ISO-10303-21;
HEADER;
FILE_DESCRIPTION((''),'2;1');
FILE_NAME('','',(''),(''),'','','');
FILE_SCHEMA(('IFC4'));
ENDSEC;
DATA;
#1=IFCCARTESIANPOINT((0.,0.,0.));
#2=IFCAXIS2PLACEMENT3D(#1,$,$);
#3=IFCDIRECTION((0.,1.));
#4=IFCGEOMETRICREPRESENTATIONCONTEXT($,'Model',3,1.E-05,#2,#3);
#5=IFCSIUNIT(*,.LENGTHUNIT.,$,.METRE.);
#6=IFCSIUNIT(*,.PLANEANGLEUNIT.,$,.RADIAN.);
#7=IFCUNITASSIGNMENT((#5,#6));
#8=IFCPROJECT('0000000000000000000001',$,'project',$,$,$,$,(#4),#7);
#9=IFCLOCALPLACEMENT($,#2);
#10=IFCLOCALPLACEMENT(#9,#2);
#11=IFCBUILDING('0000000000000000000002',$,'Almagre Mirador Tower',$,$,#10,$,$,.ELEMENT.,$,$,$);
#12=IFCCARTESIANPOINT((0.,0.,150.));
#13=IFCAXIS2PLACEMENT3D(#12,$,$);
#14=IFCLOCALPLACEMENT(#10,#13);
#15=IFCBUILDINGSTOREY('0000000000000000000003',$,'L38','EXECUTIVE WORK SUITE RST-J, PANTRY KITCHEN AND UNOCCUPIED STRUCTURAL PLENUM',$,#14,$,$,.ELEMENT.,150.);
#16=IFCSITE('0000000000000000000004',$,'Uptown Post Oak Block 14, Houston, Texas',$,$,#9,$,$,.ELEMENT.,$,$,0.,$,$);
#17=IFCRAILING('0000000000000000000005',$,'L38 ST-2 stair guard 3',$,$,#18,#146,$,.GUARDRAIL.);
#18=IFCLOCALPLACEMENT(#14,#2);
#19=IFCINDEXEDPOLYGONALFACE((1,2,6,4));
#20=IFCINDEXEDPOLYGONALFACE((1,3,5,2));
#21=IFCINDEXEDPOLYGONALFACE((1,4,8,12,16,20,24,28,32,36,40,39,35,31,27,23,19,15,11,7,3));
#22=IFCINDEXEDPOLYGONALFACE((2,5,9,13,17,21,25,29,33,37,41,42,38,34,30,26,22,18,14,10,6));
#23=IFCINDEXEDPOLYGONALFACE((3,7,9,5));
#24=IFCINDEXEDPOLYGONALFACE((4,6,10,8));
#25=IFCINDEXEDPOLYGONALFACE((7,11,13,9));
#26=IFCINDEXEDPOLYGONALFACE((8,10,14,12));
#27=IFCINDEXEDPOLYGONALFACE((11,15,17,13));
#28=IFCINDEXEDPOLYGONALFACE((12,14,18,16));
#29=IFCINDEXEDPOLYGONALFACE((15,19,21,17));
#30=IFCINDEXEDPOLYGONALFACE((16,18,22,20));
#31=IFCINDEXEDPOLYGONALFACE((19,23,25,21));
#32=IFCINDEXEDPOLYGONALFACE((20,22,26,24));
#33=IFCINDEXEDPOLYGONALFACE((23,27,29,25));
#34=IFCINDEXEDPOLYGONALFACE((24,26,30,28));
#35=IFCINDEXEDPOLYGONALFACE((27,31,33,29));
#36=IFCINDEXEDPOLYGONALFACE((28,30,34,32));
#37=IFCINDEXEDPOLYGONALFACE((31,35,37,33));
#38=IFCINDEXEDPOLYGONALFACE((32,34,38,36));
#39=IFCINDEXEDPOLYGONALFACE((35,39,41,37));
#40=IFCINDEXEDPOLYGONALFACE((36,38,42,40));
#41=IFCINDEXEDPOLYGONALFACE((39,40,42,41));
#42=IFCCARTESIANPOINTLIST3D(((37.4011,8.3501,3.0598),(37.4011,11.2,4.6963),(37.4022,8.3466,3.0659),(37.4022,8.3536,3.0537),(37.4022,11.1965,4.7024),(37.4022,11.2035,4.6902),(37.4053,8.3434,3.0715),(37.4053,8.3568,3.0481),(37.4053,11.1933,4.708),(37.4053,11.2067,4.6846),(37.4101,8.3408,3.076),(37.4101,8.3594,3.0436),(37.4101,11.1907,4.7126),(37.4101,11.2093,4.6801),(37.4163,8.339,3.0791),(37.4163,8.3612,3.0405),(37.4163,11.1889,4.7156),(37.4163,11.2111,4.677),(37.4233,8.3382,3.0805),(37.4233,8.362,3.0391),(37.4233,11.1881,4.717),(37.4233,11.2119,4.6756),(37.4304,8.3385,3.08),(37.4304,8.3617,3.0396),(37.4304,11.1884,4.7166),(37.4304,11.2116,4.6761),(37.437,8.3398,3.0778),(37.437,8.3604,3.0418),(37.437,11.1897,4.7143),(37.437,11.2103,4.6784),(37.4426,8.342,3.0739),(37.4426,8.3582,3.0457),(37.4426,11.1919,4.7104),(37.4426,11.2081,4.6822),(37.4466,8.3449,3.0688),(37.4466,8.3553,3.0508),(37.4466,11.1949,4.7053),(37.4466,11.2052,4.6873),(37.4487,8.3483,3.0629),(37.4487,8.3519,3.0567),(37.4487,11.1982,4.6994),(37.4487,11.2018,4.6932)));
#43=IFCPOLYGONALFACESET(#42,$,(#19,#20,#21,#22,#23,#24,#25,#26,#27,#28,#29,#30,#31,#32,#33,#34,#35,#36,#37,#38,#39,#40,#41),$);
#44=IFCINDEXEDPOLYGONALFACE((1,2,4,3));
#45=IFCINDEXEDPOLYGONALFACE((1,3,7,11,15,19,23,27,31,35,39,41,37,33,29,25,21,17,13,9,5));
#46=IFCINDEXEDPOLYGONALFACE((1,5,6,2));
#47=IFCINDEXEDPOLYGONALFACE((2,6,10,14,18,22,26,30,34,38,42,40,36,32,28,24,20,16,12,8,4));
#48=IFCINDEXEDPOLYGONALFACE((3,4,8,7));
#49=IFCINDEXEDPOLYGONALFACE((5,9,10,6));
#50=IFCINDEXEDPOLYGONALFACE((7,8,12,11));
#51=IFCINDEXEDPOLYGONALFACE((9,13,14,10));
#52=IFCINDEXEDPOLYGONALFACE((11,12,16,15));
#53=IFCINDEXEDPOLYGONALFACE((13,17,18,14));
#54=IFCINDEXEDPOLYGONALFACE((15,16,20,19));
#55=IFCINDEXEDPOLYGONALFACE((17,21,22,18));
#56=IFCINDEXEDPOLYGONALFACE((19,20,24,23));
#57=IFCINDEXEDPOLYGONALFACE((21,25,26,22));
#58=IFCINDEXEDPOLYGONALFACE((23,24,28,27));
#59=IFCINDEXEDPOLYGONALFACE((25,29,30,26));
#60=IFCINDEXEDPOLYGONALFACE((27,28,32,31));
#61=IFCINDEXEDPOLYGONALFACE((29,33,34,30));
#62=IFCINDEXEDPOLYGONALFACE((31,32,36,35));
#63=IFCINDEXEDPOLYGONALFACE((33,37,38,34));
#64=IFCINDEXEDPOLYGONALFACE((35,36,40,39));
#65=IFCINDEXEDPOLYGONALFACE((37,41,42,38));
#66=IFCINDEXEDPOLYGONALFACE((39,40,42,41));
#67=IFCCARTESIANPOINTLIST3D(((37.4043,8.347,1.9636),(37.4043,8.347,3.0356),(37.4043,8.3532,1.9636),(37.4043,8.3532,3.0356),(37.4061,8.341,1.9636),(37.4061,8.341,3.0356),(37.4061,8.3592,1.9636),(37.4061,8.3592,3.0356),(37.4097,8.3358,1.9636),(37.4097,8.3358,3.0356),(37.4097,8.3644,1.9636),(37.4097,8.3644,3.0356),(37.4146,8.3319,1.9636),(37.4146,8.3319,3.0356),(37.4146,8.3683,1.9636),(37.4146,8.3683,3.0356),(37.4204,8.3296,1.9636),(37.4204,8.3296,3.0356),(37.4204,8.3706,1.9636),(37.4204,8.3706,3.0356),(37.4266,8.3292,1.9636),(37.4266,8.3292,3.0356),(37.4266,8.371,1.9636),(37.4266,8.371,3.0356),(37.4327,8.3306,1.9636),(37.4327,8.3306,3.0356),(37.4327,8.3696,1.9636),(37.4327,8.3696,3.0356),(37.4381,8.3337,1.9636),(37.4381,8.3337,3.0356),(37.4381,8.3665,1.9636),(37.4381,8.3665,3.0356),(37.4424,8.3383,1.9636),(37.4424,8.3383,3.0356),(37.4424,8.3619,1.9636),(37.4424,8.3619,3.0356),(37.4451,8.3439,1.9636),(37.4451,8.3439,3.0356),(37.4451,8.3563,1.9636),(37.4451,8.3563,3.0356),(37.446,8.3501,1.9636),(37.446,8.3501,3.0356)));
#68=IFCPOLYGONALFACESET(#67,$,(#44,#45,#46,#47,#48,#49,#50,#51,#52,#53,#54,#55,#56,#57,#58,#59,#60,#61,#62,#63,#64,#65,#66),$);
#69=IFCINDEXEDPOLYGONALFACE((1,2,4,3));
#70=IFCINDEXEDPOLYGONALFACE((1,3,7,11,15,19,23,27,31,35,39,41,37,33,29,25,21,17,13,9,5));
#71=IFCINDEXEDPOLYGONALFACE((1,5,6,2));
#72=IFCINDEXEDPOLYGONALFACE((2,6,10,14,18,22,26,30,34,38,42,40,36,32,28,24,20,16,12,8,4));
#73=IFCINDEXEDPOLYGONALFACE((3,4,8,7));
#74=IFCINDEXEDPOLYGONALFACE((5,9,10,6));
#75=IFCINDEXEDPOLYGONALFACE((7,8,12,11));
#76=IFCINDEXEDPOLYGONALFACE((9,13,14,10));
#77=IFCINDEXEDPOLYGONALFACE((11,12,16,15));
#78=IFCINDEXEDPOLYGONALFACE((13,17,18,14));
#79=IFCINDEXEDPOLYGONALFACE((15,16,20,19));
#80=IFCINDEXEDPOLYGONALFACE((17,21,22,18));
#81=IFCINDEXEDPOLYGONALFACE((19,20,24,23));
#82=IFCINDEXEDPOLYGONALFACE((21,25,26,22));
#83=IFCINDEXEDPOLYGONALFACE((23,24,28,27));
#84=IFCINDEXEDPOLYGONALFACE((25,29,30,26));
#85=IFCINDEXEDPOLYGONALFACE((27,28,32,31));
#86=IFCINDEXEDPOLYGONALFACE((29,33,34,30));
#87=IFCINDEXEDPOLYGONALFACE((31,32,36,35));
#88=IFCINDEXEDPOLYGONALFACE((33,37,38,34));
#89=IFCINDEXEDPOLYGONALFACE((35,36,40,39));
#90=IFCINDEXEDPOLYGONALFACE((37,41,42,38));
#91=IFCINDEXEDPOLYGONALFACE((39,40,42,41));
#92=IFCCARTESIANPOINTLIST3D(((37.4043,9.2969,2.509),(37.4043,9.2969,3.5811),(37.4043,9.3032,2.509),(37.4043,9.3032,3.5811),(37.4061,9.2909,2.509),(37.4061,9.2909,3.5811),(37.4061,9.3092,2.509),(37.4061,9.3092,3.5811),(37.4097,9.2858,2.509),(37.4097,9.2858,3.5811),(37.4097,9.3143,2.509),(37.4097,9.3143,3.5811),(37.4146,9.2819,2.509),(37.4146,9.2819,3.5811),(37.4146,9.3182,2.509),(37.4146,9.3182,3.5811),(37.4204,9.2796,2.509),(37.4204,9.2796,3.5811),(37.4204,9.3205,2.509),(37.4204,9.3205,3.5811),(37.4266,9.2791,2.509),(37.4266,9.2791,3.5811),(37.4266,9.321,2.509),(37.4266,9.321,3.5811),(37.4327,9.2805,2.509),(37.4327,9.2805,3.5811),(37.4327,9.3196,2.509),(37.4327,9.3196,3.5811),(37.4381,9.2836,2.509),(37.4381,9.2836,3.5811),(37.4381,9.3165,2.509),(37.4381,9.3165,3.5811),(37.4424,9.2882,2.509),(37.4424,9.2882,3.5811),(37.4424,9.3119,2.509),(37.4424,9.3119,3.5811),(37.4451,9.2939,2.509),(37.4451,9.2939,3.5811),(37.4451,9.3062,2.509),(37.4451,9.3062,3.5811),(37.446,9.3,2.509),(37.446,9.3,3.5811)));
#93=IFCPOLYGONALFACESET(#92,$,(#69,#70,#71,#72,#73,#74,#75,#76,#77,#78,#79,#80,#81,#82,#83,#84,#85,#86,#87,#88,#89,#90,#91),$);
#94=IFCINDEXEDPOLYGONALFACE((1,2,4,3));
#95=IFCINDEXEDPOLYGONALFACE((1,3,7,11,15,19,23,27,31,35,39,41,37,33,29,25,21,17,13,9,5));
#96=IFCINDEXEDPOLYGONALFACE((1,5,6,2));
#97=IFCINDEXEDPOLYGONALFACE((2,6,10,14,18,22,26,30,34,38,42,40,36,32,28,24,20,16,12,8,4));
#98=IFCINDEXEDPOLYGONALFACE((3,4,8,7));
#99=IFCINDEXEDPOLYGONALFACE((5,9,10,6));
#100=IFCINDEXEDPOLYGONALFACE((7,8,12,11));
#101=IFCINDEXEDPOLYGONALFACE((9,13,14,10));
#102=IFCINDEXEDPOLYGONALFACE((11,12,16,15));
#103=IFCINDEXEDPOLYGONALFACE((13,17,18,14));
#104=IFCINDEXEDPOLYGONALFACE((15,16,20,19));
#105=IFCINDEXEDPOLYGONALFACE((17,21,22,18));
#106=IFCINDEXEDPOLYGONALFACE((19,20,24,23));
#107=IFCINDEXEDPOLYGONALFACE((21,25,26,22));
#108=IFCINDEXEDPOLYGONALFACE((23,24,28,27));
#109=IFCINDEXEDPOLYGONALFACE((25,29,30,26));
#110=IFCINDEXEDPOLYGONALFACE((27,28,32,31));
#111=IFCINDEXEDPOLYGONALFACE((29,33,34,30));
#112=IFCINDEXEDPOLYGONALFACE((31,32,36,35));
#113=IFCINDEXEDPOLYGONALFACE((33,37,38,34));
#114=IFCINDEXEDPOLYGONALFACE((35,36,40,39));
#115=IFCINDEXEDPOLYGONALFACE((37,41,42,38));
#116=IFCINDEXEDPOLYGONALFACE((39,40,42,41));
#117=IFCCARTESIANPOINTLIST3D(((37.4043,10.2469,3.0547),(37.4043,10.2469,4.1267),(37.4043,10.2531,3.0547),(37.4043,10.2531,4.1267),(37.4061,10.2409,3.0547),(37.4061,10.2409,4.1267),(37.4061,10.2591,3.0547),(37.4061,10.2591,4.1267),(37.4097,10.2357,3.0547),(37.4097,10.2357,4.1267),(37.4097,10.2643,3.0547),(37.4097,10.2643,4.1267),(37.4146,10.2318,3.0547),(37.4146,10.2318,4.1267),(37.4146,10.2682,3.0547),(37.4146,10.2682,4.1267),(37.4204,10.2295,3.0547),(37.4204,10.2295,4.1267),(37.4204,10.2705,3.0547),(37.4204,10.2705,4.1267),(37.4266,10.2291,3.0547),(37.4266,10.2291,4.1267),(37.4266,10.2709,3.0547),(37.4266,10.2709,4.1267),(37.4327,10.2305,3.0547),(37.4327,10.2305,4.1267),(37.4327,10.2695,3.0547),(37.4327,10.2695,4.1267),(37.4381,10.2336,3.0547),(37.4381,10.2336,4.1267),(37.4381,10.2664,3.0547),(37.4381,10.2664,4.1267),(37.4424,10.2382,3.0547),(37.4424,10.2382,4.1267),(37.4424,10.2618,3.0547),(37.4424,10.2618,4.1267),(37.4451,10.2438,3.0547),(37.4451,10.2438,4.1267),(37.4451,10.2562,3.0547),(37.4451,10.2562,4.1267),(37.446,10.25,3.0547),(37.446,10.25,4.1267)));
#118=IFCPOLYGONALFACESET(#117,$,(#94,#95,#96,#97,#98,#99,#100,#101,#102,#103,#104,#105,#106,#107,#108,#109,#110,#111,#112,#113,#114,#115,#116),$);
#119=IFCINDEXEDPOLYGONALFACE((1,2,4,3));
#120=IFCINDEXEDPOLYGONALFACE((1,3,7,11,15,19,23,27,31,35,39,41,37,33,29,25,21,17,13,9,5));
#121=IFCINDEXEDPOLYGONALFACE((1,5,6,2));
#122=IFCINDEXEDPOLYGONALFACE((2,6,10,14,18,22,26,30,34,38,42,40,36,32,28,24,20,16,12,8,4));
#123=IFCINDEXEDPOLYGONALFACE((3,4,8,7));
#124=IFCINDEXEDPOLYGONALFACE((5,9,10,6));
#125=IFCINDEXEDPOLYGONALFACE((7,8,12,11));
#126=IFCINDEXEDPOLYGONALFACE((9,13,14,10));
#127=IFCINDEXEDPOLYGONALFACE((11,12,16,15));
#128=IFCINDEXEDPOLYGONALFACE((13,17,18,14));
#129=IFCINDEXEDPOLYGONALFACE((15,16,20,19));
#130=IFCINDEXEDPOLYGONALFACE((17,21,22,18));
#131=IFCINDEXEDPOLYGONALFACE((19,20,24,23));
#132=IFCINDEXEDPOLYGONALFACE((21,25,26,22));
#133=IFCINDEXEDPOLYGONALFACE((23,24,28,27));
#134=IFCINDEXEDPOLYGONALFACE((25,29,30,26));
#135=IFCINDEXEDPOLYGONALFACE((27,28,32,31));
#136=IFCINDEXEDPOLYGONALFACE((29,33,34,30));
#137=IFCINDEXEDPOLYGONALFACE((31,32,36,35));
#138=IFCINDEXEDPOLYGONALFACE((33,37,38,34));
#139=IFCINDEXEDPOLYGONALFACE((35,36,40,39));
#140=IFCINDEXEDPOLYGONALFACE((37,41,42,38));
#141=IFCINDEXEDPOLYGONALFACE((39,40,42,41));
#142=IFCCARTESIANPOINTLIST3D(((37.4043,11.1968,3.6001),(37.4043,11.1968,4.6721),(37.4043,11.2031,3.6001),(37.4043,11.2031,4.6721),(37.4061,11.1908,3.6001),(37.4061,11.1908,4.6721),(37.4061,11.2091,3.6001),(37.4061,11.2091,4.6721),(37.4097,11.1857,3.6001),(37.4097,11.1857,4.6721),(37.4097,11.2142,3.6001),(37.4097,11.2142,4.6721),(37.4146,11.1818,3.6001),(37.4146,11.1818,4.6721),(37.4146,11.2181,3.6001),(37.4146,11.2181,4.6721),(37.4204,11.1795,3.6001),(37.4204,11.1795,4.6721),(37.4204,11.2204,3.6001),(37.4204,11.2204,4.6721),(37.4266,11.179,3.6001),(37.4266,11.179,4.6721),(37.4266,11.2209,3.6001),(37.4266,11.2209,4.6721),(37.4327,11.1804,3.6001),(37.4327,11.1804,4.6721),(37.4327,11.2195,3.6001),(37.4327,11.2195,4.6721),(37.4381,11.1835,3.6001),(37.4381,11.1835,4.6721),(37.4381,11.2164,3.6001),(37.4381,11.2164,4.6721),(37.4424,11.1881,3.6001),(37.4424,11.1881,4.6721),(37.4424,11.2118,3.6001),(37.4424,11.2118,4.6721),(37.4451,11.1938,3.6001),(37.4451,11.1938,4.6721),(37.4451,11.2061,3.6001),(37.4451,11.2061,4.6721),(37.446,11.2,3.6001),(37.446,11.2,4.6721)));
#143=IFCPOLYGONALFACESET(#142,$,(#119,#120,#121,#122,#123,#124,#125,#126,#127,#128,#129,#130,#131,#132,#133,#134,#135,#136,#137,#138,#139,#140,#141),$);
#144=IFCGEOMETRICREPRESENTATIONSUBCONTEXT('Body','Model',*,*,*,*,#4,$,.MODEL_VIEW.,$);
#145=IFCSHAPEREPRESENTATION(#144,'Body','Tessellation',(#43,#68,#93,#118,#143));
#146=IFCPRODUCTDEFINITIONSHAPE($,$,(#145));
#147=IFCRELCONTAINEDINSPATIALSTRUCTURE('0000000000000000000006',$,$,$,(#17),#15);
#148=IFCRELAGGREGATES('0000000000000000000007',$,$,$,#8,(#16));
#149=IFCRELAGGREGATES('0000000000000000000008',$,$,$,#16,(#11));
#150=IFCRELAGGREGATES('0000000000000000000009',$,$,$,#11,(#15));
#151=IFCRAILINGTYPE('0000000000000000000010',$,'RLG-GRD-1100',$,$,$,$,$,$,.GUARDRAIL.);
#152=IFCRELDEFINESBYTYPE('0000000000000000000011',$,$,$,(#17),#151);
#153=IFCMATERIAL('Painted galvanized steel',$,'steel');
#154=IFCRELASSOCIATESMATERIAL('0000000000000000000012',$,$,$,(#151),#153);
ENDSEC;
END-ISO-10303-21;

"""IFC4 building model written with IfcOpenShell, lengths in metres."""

from ifc_helpers import new_model, si_unit, direction, frame, origin, origin_2d, place, context, subcontext, project, spatial, circle, extrude, material, type_object, element, save


model = new_model("IFC4")

# Units and contexts
model_context = context("Model", 3, precision=1e-05, world=origin(), true_north=direction((0.0, 1.0)))
body_context = subcontext(model_context, "Body", "Model", "MODEL_VIEW")
ifc_project = project(units=[si_unit("LENGTHUNIT", "METRE"), si_unit("PLANEANGLEUNIT", "RADIAN")], contexts=[model_context])

# Site, building, storey
site_placement = place(None, origin())
site = spatial("IfcSite", under=ifc_project, at=site_placement, Name="Uptown Post Oak Block 14, Houston, Texas", CompositionType="ELEMENT", RefElevation=0.0)
building_placement = place(site_placement, origin())
building = spatial("IfcBuilding", under=site, at=building_placement, Name="Almagre Mirador Tower", CompositionType="ELEMENT")
storey_placement = place(building_placement, frame((0.0, 0.0, 150.0)))
storey = spatial("IfcBuildingStorey", under=building, at=storey_placement, Name="L38", Description="EXECUTIVE WORK SUITE RST-J, PANTRY KITCHEN AND UNOCCUPIED STRUCTURAL PLENUM", CompositionType="ELEMENT", Elevation=150.0)

# Railing
ifc_material_1 = material(Name="Painted galvanized steel", Category="steel")
railing_type_1 = type_object("IfcRailingType", Name="RLG-GRD-1100", PredefinedType="GUARDRAIL", material=ifc_material_1)
railing_1_placement = place(storey_placement, frame((37.425, 8.3501, 1.9636)))
element("IfcRailing", 1, at=railing_1_placement, inside=storey, type_object=railing_type_1, Name="L38 ST-2 stair guard 3", PredefinedType="GUARDRAIL", context=body_context, shape_type="SweptSolid", body=[
    extrude(circle(Radius=0.0239, at=origin_2d()), frame((0.0, 0.0, 1.0962), z_axis=(0.0, 0.867194, 0.49797), x_axis=(-1.0, 0.0, 0.0)), (0.0, 0.0, 1.0), 3.2864),
    extrude(circle(Radius=0.021, at=origin_2d()), origin(), (0.0, 0.0, 1.0), 1.072),
    extrude(circle(Radius=0.021, at=origin_2d()), frame((0.0, 0.95, 0.5454)), (0.0, 0.0, 1.0), 1.072),
    extrude(circle(Radius=0.021, at=origin_2d()), frame((0.0, 1.8999, 1.0911)), (0.0, 0.0, 1.0), 1.072),
    extrude(circle(Radius=0.021, at=origin_2d()), frame((0.0, 2.8499, 1.6365)), (0.0, 0.0, 1.0), 1.072),
])

save(model, "model.ifc")
